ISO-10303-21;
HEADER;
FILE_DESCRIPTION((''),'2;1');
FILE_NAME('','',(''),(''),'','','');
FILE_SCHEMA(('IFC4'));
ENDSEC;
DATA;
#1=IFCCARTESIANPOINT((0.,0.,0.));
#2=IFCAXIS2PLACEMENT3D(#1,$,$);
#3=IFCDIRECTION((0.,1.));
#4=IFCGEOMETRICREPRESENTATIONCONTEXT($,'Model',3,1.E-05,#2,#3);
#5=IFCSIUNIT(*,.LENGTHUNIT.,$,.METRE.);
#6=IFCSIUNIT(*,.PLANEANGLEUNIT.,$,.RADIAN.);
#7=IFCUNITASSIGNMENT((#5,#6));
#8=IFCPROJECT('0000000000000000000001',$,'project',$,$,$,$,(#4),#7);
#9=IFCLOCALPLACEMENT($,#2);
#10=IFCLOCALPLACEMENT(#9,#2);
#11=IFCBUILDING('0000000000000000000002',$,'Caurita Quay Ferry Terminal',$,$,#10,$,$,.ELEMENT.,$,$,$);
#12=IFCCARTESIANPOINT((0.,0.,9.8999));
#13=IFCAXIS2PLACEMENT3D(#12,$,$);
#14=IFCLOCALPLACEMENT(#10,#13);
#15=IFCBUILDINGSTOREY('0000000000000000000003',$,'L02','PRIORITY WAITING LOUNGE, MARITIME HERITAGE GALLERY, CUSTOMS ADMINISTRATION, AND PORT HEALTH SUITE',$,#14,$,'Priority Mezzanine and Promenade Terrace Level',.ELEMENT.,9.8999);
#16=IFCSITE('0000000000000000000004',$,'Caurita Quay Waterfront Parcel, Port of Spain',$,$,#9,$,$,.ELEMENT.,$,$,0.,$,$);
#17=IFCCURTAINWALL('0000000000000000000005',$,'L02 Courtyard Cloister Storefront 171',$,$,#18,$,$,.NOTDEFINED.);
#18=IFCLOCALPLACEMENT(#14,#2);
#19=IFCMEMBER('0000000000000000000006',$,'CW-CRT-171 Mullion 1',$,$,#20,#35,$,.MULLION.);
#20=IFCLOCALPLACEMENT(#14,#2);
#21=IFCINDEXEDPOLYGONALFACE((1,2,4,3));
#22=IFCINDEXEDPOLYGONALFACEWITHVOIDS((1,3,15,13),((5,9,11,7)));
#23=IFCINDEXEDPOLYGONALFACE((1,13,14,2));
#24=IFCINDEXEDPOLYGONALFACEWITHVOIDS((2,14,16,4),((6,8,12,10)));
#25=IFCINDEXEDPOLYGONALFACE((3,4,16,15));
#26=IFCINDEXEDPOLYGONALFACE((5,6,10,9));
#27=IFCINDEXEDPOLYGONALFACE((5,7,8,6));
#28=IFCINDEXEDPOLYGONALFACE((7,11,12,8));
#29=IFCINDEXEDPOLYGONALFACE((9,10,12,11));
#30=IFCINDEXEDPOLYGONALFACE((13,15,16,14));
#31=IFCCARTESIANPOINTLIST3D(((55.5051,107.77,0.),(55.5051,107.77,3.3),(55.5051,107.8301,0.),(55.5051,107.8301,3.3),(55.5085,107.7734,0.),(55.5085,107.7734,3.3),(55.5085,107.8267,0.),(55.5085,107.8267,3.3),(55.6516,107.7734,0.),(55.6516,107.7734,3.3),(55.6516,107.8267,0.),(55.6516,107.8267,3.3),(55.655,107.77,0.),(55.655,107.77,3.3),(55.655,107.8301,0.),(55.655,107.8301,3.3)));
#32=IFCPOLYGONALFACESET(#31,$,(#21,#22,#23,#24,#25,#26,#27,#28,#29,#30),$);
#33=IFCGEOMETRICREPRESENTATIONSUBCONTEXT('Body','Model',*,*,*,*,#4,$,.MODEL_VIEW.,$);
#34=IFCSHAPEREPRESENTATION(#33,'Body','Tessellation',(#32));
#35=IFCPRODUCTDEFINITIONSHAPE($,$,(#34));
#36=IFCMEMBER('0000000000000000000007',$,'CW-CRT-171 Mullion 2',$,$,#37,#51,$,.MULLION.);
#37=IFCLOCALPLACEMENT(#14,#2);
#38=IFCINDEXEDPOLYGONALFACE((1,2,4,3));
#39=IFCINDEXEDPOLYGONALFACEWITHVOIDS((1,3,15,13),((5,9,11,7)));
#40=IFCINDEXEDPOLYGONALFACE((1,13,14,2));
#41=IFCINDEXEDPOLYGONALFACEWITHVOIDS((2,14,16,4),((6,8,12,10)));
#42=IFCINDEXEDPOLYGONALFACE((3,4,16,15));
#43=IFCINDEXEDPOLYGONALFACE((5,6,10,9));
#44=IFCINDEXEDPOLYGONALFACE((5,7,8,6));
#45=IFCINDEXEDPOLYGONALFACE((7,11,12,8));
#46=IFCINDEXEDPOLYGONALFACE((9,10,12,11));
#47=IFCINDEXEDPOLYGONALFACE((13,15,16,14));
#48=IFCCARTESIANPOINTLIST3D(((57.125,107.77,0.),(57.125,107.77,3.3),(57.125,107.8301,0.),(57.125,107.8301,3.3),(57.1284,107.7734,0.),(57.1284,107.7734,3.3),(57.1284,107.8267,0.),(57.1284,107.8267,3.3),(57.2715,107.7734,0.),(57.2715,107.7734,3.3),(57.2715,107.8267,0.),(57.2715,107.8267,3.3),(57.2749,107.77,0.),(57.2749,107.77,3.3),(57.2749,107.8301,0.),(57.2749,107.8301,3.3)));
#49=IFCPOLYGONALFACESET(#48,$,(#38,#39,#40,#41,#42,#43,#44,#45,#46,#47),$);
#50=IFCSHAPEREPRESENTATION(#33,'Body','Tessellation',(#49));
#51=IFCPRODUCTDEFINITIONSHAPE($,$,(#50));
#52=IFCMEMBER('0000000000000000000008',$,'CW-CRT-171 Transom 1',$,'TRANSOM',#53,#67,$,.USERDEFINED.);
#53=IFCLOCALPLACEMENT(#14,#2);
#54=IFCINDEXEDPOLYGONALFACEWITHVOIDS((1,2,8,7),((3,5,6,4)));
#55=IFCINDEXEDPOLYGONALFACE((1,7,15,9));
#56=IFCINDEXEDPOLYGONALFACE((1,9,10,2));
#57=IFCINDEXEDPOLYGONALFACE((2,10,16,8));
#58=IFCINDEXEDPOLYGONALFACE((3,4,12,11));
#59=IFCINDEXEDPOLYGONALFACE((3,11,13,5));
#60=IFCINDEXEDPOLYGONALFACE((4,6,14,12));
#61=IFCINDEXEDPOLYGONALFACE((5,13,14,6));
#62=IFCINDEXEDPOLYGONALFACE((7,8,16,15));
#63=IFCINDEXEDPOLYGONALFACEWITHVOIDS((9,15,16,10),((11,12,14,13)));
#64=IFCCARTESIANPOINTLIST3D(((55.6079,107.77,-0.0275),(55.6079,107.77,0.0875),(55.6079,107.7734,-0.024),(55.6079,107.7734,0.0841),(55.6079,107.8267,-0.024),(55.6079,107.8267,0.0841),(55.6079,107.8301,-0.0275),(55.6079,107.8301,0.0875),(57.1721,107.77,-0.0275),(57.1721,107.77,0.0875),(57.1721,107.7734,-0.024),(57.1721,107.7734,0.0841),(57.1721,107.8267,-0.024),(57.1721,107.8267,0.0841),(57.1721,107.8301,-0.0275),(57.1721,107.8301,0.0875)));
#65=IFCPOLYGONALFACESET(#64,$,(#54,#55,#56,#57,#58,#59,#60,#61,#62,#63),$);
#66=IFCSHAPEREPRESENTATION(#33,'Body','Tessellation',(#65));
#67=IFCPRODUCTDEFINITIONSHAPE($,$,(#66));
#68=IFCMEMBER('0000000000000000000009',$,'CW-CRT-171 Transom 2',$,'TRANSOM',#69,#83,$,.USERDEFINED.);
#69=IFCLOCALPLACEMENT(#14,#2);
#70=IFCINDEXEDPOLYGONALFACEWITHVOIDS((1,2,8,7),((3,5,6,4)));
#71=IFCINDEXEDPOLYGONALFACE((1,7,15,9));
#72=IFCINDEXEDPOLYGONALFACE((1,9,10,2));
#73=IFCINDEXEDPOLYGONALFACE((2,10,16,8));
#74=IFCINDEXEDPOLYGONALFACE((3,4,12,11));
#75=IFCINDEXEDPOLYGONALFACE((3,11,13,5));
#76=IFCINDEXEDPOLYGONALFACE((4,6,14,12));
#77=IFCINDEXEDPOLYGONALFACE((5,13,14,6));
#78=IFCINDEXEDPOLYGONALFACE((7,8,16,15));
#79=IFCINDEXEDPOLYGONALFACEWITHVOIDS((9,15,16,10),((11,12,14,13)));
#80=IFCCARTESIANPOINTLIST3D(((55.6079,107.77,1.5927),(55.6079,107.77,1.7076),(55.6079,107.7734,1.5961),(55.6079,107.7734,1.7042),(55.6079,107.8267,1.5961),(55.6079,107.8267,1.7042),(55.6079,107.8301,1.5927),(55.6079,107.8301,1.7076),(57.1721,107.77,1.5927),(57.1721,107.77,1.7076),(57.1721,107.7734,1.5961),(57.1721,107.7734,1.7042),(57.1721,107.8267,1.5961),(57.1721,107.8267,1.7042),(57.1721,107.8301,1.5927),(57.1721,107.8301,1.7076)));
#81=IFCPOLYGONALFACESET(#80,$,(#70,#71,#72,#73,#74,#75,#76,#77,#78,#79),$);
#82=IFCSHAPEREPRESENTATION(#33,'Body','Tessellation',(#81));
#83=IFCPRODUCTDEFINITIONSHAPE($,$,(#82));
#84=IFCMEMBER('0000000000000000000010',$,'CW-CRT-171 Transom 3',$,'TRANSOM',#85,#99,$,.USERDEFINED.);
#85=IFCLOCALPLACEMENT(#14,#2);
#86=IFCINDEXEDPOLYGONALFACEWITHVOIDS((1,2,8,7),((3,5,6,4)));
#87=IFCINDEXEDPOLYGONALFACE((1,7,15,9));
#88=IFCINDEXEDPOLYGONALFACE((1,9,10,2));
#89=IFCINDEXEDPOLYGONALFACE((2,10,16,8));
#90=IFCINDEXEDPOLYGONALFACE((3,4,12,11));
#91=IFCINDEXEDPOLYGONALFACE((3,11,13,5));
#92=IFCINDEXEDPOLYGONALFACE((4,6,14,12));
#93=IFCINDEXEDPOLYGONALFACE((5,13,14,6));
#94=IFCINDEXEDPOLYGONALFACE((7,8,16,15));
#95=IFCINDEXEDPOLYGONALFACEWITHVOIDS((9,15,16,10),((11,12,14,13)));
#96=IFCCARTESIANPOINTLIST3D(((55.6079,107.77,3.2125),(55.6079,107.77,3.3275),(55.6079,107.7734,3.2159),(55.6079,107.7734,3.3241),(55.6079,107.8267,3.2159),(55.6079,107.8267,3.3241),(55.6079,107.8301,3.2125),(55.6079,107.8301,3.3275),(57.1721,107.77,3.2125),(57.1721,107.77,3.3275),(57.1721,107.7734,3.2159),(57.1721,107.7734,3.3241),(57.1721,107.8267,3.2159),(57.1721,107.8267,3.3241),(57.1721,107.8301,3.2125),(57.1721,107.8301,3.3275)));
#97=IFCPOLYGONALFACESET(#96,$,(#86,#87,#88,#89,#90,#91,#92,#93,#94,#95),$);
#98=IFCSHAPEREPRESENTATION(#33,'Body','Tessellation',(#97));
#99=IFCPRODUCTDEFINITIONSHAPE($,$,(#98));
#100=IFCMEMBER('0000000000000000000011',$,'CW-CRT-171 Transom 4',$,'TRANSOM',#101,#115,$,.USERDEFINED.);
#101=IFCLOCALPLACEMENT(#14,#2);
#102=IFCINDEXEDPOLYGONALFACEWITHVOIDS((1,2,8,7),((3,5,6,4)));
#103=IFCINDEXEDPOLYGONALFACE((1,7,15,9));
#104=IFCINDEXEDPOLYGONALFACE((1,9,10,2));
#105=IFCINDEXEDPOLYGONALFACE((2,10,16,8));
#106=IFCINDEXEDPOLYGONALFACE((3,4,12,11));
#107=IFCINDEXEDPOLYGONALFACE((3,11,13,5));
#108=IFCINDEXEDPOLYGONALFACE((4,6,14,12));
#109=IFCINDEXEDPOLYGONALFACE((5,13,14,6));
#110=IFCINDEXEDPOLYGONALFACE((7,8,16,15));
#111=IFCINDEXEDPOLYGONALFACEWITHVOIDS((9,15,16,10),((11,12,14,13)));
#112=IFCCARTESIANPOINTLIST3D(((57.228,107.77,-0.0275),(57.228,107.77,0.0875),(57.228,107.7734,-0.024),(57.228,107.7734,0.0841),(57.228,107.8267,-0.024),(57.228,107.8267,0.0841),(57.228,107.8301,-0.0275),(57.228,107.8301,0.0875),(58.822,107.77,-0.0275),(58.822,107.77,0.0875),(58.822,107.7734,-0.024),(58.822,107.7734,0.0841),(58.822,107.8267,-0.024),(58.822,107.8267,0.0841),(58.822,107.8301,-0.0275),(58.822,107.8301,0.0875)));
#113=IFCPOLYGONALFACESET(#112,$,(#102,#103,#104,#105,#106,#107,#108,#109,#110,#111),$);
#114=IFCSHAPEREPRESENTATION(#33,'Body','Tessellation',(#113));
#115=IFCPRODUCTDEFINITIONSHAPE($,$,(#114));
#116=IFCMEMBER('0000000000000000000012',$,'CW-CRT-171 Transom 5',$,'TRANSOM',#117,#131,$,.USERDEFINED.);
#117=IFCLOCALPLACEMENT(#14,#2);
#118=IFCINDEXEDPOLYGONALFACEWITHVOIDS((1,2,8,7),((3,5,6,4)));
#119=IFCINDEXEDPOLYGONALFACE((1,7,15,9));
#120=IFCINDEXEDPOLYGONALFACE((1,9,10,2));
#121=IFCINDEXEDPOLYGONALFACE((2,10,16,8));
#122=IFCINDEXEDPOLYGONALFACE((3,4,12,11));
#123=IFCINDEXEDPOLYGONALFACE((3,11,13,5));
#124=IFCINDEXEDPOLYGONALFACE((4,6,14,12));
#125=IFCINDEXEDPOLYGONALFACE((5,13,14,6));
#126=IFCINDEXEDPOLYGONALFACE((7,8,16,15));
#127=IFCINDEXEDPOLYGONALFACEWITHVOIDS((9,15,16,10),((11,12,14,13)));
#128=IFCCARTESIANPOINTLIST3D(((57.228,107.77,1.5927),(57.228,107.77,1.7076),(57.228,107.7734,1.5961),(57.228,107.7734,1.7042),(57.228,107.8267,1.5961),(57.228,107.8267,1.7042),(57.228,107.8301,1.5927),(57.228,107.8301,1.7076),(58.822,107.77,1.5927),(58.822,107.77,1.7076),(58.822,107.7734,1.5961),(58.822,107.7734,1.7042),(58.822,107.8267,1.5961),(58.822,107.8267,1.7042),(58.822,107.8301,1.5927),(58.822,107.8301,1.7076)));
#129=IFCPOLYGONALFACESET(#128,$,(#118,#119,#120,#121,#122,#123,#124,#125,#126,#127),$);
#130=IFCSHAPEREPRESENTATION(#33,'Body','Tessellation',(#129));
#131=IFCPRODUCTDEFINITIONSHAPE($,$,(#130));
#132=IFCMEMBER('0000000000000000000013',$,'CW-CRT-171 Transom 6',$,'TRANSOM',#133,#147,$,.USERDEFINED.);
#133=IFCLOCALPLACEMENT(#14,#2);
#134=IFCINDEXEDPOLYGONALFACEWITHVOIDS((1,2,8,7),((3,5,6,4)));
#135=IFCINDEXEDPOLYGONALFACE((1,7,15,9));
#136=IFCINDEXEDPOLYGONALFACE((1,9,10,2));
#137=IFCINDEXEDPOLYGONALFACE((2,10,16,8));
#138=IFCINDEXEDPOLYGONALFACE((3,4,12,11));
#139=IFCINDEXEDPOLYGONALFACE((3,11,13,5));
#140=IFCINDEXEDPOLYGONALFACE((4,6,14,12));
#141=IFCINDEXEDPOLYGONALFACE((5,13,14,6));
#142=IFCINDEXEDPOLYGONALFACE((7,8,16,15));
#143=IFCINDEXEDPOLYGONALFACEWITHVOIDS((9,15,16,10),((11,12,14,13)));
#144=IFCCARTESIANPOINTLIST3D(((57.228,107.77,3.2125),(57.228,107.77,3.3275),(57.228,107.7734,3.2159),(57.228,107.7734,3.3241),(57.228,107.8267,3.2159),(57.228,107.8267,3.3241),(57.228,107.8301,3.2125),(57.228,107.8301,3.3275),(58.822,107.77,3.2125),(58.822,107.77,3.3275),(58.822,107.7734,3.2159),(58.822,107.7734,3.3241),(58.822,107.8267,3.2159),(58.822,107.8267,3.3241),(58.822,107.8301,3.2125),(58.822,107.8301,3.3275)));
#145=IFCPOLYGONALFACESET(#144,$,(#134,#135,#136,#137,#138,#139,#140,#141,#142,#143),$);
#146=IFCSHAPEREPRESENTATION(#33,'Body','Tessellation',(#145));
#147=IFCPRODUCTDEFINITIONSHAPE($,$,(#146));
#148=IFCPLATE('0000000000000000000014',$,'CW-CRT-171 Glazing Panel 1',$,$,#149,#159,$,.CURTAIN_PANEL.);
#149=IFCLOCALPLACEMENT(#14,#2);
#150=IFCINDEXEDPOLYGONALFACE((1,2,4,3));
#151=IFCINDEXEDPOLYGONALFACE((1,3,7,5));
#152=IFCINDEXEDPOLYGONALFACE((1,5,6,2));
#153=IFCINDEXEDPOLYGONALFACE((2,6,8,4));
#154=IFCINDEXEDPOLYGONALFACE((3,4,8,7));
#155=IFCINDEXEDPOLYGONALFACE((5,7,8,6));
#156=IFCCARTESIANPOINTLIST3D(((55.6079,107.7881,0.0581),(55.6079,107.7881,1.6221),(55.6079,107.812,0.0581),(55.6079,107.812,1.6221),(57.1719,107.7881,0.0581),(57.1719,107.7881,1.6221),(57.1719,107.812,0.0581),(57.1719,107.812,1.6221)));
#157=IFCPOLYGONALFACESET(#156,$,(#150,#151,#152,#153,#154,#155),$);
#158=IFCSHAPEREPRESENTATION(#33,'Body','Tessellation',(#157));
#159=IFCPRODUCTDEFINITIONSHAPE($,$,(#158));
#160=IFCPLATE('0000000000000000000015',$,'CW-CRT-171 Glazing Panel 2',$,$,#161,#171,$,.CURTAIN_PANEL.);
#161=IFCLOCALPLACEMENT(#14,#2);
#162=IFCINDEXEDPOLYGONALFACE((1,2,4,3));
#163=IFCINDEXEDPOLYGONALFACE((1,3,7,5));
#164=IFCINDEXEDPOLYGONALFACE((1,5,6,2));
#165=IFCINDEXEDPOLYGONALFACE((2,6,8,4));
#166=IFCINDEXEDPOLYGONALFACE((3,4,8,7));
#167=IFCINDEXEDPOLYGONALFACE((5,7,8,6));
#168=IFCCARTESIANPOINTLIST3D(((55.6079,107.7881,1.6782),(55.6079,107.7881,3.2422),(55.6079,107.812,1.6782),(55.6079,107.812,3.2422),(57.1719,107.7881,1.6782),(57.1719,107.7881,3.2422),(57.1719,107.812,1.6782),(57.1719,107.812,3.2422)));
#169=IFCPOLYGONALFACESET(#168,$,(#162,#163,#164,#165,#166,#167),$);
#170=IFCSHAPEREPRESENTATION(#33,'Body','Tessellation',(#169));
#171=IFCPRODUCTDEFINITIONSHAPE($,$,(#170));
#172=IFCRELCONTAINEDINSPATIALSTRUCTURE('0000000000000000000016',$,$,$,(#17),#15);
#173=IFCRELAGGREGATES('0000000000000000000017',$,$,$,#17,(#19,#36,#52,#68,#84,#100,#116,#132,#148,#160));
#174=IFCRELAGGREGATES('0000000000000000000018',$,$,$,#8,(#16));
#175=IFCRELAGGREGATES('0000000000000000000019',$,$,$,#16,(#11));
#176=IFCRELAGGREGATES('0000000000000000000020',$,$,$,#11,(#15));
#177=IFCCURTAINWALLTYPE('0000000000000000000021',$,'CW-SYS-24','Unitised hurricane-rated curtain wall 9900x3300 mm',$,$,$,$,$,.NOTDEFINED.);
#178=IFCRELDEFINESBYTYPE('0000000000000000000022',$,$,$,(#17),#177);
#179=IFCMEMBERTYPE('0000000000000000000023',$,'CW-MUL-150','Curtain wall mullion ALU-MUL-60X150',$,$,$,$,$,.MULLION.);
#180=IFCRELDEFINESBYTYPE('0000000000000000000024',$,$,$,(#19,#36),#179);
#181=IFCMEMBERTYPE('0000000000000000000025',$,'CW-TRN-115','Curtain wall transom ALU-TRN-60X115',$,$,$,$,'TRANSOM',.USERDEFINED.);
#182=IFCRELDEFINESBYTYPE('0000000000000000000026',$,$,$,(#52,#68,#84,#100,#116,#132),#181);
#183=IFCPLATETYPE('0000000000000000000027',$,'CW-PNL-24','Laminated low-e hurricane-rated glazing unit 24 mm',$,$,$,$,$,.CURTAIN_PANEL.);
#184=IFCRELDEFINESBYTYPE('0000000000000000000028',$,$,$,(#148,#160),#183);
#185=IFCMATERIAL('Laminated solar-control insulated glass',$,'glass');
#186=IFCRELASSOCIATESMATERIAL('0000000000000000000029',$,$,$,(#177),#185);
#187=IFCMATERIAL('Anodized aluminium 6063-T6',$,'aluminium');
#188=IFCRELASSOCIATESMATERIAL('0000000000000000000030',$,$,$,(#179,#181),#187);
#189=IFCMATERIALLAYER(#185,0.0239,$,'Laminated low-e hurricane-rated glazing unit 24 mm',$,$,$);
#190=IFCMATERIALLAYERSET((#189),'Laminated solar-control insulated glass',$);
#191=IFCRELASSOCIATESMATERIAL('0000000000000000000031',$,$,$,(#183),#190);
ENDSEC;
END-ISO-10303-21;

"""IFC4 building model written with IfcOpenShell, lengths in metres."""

from ifc_helpers import new_model, si_unit, direction, frame, origin, origin_2d, place, context, subcontext, project, spatial, rectangle, hollow_rectangle, extrude, material, layer, layer_set, material_profile, profile_set, type_object, element, aggregate, save


model = new_model("IFC4")

# Units and contexts
model_context = context("Model", 3, precision=1e-05, world=origin(), true_north=direction((0.0, 1.0)))
body_context = subcontext(model_context, "Body", "Model", "MODEL_VIEW")
ifc_project = project(units=[si_unit("LENGTHUNIT", "METRE"), si_unit("PLANEANGLEUNIT", "RADIAN")], contexts=[model_context])

# Site, building, storey
site_placement = place(None, origin())
site = spatial("IfcSite", under=ifc_project, at=site_placement, Name="Caurita Quay Waterfront Parcel, Port of Spain", CompositionType="ELEMENT", RefElevation=0.0)
building_placement = place(site_placement, origin())
building = spatial("IfcBuilding", under=site, at=building_placement, Name="Caurita Quay Ferry Terminal", CompositionType="ELEMENT")
storey_placement = place(building_placement, frame((0.0, 0.0, 9.8999)))
storey = spatial("IfcBuildingStorey", under=building, at=storey_placement, Name="L02", Description="PRIORITY WAITING LOUNGE, MARITIME HERITAGE GALLERY, CUSTOMS ADMINISTRATION, AND PORT HEALTH SUITE", LongName="Priority Mezzanine and Promenade Terrace Level", CompositionType="ELEMENT", Elevation=9.8999)

# Curtain wall, members, plates
ifc_material_1 = material(Name="Laminated solar-control insulated glass", Category="glass")
curtain_wall_type = type_object("IfcCurtainWallType", Name="CW-SYS-24", Description="Unitised hurricane-rated curtain wall 9900x3300 mm", PredefinedType="NOTDEFINED", material=ifc_material_1)
curtain_wall_placement = place(storey_placement, origin())
curtain_wall = element("IfcCurtainWall", 1, at=curtain_wall_placement, inside=storey, type_object=curtain_wall_type, Name="L02 Courtyard Cloister Storefront 171", PredefinedType="NOTDEFINED")
ifc_material_2 = material(Name="Anodized aluminium 6063-T6", Category="aluminium")
ifc_material_profile_1 = material_profile(ifc_material_2, hollow_rectangle(XDim=0.0601, YDim=0.1499, WallThickness=0.0034, at=origin_2d()), Name="ALU-MUL-60X150")
ifc_profile_set_1 = profile_set([ifc_material_profile_1], Name="Anodized aluminium 6063-T6")
member_type_1 = type_object("IfcMemberType", Name="CW-MUL-150", Description="Curtain wall mullion ALU-MUL-60X150", PredefinedType="MULLION", material=ifc_profile_set_1)
member_1_placement = place(storey_placement, frame((55.5801, 107.8, 0.0), z_axis=(0.0, 0.0, 1.0), x_axis=(0.0, 1.0, 0.0)))
member_1 = element("IfcMember", 2, at=member_1_placement, type_object=member_type_1, Name="CW-CRT-171 Mullion 1", PredefinedType="MULLION", context=body_context, shape_type="SweptSolid", body=[
    extrude(hollow_rectangle(XDim=0.0601, YDim=0.1499, WallThickness=0.0034, at=origin_2d()), origin(), (0.0, 0.0, 1.0), 3.3),
])
member_2_placement = place(storey_placement, frame((57.2, 107.8, 0.0), z_axis=(0.0, 0.0, 1.0), x_axis=(0.0, 1.0, 0.0)))
member_2 = element("IfcMember", 3, at=member_2_placement, type_object=member_type_1, Name="CW-CRT-171 Mullion 2", PredefinedType="MULLION", context=body_context, shape_type="SweptSolid", body=[
    extrude(hollow_rectangle(XDim=0.0601, YDim=0.1499, WallThickness=0.0034, at=origin_2d()), origin(), (0.0, 0.0, 1.0), 3.3),
])
ifc_material_profile_2 = material_profile(ifc_material_2, hollow_rectangle(XDim=0.0601, YDim=0.115, WallThickness=0.0034, at=origin_2d()), Name="ALU-TRN-60X115")
ifc_profile_set_2 = profile_set([ifc_material_profile_2], Name="Anodized aluminium 6063-T6")
member_type_2 = type_object("IfcMemberType", Name="CW-TRN-115", Description="Curtain wall transom ALU-TRN-60X115", ElementType="TRANSOM", PredefinedType="USERDEFINED", material=ifc_profile_set_2)
member_3_placement = place(storey_placement, frame((55.6079, 107.8, 0.03), z_axis=(1.0, 0.0, 0.0), x_axis=(0.0, 1.0, 0.0)))
member_3 = element("IfcMember", 4, at=member_3_placement, type_object=member_type_2, Name="CW-CRT-171 Transom 1", ObjectType="TRANSOM", PredefinedType="USERDEFINED", context=body_context, shape_type="SweptSolid", body=[
    extrude(hollow_rectangle(XDim=0.0601, YDim=0.115, WallThickness=0.0034, at=origin_2d()), origin(), (0.0, 0.0, 1.0), 1.5642),
])
member_4_placement = place(storey_placement, frame((55.6079, 107.8, 1.6501), z_axis=(1.0, 0.0, 0.0), x_axis=(0.0, 1.0, 0.0)))
member_4 = element("IfcMember", 5, at=member_4_placement, type_object=member_type_2, Name="CW-CRT-171 Transom 2", ObjectType="TRANSOM", PredefinedType="USERDEFINED", context=body_context, shape_type="SweptSolid", body=[
    extrude(hollow_rectangle(XDim=0.0601, YDim=0.115, WallThickness=0.0034, at=origin_2d()), origin(), (0.0, 0.0, 1.0), 1.5642),
])
member_5_placement = place(storey_placement, frame((55.6079, 107.8, 3.27), z_axis=(1.0, 0.0, 0.0), x_axis=(0.0, 1.0, 0.0)))
member_5 = element("IfcMember", 6, at=member_5_placement, type_object=member_type_2, Name="CW-CRT-171 Transom 3", ObjectType="TRANSOM", PredefinedType="USERDEFINED", context=body_context, shape_type="SweptSolid", body=[
    extrude(hollow_rectangle(XDim=0.0601, YDim=0.115, WallThickness=0.0034, at=origin_2d()), origin(), (0.0, 0.0, 1.0), 1.5642),
])
member_6_placement = place(storey_placement, frame((57.228, 107.8, 0.03), z_axis=(1.0, 0.0, 0.0), x_axis=(0.0, 1.0, 0.0)))
member_6 = element("IfcMember", 7, at=member_6_placement, type_object=member_type_2, Name="CW-CRT-171 Transom 4", ObjectType="TRANSOM", PredefinedType="USERDEFINED", context=body_context, shape_type="SweptSolid", body=[
    extrude(hollow_rectangle(XDim=0.0601, YDim=0.115, WallThickness=0.0034, at=origin_2d()), origin(), (0.0, 0.0, 1.0), 1.594),
])
member_7_placement = place(storey_placement, frame((57.228, 107.8, 1.6501), z_axis=(1.0, 0.0, 0.0), x_axis=(0.0, 1.0, 0.0)))
member_7 = element("IfcMember", 8, at=member_7_placement, type_object=member_type_2, Name="CW-CRT-171 Transom 5", ObjectType="TRANSOM", PredefinedType="USERDEFINED", context=body_context, shape_type="SweptSolid", body=[
    extrude(hollow_rectangle(XDim=0.0601, YDim=0.115, WallThickness=0.0034, at=origin_2d()), origin(), (0.0, 0.0, 1.0), 1.594),
])
member_8_placement = place(storey_placement, frame((57.228, 107.8, 3.27), z_axis=(1.0, 0.0, 0.0), x_axis=(0.0, 1.0, 0.0)))
member_8 = element("IfcMember", 9, at=member_8_placement, type_object=member_type_2, Name="CW-CRT-171 Transom 6", ObjectType="TRANSOM", PredefinedType="USERDEFINED", context=body_context, shape_type="SweptSolid", body=[
    extrude(hollow_rectangle(XDim=0.0601, YDim=0.115, WallThickness=0.0034, at=origin_2d()), origin(), (0.0, 0.0, 1.0), 1.594),
])
ifc_layer_1 = layer(ifc_material_1, 0.0239, Name="Laminated low-e hurricane-rated glazing unit 24 mm")
ifc_layer_set_1 = layer_set([ifc_layer_1], Name="Laminated solar-control insulated glass")
plate_type = type_object("IfcPlateType", Name="CW-PNL-24", Description="Laminated low-e hurricane-rated glazing unit 24 mm", PredefinedType="CURTAIN_PANEL", material=ifc_layer_set_1)
plate_1_placement = place(storey_placement, frame((56.3899, 107.8, 0.0581), z_axis=(0.0, 0.0, 1.0), x_axis=(1.0, 0.0, 0.0)))
plate_1 = element("IfcPlate", 10, at=plate_1_placement, type_object=plate_type, Name="CW-CRT-171 Glazing Panel 1", PredefinedType="CURTAIN_PANEL", context=body_context, shape_type="SweptSolid", body=[
    extrude(rectangle(XDim=1.564, YDim=0.0239, at=origin_2d()), origin(), (0.0, 0.0, 1.0), 1.564),
])
plate_2_placement = place(storey_placement, frame((56.3899, 107.8, 1.6782), z_axis=(0.0, 0.0, 1.0), x_axis=(1.0, 0.0, 0.0)))
plate_2 = element("IfcPlate", 11, at=plate_2_placement, type_object=plate_type, Name="CW-CRT-171 Glazing Panel 2", PredefinedType="CURTAIN_PANEL", context=body_context, shape_type="SweptSolid", body=[
    extrude(rectangle(XDim=1.564, YDim=0.0239, at=origin_2d()), origin(), (0.0, 0.0, 1.0), 1.564),
])
aggregate(curtain_wall, [member_1, member_2, member_3, member_4, member_5, member_6, member_7, member_8, plate_1, plate_2])

save(model, "model.ifc")
